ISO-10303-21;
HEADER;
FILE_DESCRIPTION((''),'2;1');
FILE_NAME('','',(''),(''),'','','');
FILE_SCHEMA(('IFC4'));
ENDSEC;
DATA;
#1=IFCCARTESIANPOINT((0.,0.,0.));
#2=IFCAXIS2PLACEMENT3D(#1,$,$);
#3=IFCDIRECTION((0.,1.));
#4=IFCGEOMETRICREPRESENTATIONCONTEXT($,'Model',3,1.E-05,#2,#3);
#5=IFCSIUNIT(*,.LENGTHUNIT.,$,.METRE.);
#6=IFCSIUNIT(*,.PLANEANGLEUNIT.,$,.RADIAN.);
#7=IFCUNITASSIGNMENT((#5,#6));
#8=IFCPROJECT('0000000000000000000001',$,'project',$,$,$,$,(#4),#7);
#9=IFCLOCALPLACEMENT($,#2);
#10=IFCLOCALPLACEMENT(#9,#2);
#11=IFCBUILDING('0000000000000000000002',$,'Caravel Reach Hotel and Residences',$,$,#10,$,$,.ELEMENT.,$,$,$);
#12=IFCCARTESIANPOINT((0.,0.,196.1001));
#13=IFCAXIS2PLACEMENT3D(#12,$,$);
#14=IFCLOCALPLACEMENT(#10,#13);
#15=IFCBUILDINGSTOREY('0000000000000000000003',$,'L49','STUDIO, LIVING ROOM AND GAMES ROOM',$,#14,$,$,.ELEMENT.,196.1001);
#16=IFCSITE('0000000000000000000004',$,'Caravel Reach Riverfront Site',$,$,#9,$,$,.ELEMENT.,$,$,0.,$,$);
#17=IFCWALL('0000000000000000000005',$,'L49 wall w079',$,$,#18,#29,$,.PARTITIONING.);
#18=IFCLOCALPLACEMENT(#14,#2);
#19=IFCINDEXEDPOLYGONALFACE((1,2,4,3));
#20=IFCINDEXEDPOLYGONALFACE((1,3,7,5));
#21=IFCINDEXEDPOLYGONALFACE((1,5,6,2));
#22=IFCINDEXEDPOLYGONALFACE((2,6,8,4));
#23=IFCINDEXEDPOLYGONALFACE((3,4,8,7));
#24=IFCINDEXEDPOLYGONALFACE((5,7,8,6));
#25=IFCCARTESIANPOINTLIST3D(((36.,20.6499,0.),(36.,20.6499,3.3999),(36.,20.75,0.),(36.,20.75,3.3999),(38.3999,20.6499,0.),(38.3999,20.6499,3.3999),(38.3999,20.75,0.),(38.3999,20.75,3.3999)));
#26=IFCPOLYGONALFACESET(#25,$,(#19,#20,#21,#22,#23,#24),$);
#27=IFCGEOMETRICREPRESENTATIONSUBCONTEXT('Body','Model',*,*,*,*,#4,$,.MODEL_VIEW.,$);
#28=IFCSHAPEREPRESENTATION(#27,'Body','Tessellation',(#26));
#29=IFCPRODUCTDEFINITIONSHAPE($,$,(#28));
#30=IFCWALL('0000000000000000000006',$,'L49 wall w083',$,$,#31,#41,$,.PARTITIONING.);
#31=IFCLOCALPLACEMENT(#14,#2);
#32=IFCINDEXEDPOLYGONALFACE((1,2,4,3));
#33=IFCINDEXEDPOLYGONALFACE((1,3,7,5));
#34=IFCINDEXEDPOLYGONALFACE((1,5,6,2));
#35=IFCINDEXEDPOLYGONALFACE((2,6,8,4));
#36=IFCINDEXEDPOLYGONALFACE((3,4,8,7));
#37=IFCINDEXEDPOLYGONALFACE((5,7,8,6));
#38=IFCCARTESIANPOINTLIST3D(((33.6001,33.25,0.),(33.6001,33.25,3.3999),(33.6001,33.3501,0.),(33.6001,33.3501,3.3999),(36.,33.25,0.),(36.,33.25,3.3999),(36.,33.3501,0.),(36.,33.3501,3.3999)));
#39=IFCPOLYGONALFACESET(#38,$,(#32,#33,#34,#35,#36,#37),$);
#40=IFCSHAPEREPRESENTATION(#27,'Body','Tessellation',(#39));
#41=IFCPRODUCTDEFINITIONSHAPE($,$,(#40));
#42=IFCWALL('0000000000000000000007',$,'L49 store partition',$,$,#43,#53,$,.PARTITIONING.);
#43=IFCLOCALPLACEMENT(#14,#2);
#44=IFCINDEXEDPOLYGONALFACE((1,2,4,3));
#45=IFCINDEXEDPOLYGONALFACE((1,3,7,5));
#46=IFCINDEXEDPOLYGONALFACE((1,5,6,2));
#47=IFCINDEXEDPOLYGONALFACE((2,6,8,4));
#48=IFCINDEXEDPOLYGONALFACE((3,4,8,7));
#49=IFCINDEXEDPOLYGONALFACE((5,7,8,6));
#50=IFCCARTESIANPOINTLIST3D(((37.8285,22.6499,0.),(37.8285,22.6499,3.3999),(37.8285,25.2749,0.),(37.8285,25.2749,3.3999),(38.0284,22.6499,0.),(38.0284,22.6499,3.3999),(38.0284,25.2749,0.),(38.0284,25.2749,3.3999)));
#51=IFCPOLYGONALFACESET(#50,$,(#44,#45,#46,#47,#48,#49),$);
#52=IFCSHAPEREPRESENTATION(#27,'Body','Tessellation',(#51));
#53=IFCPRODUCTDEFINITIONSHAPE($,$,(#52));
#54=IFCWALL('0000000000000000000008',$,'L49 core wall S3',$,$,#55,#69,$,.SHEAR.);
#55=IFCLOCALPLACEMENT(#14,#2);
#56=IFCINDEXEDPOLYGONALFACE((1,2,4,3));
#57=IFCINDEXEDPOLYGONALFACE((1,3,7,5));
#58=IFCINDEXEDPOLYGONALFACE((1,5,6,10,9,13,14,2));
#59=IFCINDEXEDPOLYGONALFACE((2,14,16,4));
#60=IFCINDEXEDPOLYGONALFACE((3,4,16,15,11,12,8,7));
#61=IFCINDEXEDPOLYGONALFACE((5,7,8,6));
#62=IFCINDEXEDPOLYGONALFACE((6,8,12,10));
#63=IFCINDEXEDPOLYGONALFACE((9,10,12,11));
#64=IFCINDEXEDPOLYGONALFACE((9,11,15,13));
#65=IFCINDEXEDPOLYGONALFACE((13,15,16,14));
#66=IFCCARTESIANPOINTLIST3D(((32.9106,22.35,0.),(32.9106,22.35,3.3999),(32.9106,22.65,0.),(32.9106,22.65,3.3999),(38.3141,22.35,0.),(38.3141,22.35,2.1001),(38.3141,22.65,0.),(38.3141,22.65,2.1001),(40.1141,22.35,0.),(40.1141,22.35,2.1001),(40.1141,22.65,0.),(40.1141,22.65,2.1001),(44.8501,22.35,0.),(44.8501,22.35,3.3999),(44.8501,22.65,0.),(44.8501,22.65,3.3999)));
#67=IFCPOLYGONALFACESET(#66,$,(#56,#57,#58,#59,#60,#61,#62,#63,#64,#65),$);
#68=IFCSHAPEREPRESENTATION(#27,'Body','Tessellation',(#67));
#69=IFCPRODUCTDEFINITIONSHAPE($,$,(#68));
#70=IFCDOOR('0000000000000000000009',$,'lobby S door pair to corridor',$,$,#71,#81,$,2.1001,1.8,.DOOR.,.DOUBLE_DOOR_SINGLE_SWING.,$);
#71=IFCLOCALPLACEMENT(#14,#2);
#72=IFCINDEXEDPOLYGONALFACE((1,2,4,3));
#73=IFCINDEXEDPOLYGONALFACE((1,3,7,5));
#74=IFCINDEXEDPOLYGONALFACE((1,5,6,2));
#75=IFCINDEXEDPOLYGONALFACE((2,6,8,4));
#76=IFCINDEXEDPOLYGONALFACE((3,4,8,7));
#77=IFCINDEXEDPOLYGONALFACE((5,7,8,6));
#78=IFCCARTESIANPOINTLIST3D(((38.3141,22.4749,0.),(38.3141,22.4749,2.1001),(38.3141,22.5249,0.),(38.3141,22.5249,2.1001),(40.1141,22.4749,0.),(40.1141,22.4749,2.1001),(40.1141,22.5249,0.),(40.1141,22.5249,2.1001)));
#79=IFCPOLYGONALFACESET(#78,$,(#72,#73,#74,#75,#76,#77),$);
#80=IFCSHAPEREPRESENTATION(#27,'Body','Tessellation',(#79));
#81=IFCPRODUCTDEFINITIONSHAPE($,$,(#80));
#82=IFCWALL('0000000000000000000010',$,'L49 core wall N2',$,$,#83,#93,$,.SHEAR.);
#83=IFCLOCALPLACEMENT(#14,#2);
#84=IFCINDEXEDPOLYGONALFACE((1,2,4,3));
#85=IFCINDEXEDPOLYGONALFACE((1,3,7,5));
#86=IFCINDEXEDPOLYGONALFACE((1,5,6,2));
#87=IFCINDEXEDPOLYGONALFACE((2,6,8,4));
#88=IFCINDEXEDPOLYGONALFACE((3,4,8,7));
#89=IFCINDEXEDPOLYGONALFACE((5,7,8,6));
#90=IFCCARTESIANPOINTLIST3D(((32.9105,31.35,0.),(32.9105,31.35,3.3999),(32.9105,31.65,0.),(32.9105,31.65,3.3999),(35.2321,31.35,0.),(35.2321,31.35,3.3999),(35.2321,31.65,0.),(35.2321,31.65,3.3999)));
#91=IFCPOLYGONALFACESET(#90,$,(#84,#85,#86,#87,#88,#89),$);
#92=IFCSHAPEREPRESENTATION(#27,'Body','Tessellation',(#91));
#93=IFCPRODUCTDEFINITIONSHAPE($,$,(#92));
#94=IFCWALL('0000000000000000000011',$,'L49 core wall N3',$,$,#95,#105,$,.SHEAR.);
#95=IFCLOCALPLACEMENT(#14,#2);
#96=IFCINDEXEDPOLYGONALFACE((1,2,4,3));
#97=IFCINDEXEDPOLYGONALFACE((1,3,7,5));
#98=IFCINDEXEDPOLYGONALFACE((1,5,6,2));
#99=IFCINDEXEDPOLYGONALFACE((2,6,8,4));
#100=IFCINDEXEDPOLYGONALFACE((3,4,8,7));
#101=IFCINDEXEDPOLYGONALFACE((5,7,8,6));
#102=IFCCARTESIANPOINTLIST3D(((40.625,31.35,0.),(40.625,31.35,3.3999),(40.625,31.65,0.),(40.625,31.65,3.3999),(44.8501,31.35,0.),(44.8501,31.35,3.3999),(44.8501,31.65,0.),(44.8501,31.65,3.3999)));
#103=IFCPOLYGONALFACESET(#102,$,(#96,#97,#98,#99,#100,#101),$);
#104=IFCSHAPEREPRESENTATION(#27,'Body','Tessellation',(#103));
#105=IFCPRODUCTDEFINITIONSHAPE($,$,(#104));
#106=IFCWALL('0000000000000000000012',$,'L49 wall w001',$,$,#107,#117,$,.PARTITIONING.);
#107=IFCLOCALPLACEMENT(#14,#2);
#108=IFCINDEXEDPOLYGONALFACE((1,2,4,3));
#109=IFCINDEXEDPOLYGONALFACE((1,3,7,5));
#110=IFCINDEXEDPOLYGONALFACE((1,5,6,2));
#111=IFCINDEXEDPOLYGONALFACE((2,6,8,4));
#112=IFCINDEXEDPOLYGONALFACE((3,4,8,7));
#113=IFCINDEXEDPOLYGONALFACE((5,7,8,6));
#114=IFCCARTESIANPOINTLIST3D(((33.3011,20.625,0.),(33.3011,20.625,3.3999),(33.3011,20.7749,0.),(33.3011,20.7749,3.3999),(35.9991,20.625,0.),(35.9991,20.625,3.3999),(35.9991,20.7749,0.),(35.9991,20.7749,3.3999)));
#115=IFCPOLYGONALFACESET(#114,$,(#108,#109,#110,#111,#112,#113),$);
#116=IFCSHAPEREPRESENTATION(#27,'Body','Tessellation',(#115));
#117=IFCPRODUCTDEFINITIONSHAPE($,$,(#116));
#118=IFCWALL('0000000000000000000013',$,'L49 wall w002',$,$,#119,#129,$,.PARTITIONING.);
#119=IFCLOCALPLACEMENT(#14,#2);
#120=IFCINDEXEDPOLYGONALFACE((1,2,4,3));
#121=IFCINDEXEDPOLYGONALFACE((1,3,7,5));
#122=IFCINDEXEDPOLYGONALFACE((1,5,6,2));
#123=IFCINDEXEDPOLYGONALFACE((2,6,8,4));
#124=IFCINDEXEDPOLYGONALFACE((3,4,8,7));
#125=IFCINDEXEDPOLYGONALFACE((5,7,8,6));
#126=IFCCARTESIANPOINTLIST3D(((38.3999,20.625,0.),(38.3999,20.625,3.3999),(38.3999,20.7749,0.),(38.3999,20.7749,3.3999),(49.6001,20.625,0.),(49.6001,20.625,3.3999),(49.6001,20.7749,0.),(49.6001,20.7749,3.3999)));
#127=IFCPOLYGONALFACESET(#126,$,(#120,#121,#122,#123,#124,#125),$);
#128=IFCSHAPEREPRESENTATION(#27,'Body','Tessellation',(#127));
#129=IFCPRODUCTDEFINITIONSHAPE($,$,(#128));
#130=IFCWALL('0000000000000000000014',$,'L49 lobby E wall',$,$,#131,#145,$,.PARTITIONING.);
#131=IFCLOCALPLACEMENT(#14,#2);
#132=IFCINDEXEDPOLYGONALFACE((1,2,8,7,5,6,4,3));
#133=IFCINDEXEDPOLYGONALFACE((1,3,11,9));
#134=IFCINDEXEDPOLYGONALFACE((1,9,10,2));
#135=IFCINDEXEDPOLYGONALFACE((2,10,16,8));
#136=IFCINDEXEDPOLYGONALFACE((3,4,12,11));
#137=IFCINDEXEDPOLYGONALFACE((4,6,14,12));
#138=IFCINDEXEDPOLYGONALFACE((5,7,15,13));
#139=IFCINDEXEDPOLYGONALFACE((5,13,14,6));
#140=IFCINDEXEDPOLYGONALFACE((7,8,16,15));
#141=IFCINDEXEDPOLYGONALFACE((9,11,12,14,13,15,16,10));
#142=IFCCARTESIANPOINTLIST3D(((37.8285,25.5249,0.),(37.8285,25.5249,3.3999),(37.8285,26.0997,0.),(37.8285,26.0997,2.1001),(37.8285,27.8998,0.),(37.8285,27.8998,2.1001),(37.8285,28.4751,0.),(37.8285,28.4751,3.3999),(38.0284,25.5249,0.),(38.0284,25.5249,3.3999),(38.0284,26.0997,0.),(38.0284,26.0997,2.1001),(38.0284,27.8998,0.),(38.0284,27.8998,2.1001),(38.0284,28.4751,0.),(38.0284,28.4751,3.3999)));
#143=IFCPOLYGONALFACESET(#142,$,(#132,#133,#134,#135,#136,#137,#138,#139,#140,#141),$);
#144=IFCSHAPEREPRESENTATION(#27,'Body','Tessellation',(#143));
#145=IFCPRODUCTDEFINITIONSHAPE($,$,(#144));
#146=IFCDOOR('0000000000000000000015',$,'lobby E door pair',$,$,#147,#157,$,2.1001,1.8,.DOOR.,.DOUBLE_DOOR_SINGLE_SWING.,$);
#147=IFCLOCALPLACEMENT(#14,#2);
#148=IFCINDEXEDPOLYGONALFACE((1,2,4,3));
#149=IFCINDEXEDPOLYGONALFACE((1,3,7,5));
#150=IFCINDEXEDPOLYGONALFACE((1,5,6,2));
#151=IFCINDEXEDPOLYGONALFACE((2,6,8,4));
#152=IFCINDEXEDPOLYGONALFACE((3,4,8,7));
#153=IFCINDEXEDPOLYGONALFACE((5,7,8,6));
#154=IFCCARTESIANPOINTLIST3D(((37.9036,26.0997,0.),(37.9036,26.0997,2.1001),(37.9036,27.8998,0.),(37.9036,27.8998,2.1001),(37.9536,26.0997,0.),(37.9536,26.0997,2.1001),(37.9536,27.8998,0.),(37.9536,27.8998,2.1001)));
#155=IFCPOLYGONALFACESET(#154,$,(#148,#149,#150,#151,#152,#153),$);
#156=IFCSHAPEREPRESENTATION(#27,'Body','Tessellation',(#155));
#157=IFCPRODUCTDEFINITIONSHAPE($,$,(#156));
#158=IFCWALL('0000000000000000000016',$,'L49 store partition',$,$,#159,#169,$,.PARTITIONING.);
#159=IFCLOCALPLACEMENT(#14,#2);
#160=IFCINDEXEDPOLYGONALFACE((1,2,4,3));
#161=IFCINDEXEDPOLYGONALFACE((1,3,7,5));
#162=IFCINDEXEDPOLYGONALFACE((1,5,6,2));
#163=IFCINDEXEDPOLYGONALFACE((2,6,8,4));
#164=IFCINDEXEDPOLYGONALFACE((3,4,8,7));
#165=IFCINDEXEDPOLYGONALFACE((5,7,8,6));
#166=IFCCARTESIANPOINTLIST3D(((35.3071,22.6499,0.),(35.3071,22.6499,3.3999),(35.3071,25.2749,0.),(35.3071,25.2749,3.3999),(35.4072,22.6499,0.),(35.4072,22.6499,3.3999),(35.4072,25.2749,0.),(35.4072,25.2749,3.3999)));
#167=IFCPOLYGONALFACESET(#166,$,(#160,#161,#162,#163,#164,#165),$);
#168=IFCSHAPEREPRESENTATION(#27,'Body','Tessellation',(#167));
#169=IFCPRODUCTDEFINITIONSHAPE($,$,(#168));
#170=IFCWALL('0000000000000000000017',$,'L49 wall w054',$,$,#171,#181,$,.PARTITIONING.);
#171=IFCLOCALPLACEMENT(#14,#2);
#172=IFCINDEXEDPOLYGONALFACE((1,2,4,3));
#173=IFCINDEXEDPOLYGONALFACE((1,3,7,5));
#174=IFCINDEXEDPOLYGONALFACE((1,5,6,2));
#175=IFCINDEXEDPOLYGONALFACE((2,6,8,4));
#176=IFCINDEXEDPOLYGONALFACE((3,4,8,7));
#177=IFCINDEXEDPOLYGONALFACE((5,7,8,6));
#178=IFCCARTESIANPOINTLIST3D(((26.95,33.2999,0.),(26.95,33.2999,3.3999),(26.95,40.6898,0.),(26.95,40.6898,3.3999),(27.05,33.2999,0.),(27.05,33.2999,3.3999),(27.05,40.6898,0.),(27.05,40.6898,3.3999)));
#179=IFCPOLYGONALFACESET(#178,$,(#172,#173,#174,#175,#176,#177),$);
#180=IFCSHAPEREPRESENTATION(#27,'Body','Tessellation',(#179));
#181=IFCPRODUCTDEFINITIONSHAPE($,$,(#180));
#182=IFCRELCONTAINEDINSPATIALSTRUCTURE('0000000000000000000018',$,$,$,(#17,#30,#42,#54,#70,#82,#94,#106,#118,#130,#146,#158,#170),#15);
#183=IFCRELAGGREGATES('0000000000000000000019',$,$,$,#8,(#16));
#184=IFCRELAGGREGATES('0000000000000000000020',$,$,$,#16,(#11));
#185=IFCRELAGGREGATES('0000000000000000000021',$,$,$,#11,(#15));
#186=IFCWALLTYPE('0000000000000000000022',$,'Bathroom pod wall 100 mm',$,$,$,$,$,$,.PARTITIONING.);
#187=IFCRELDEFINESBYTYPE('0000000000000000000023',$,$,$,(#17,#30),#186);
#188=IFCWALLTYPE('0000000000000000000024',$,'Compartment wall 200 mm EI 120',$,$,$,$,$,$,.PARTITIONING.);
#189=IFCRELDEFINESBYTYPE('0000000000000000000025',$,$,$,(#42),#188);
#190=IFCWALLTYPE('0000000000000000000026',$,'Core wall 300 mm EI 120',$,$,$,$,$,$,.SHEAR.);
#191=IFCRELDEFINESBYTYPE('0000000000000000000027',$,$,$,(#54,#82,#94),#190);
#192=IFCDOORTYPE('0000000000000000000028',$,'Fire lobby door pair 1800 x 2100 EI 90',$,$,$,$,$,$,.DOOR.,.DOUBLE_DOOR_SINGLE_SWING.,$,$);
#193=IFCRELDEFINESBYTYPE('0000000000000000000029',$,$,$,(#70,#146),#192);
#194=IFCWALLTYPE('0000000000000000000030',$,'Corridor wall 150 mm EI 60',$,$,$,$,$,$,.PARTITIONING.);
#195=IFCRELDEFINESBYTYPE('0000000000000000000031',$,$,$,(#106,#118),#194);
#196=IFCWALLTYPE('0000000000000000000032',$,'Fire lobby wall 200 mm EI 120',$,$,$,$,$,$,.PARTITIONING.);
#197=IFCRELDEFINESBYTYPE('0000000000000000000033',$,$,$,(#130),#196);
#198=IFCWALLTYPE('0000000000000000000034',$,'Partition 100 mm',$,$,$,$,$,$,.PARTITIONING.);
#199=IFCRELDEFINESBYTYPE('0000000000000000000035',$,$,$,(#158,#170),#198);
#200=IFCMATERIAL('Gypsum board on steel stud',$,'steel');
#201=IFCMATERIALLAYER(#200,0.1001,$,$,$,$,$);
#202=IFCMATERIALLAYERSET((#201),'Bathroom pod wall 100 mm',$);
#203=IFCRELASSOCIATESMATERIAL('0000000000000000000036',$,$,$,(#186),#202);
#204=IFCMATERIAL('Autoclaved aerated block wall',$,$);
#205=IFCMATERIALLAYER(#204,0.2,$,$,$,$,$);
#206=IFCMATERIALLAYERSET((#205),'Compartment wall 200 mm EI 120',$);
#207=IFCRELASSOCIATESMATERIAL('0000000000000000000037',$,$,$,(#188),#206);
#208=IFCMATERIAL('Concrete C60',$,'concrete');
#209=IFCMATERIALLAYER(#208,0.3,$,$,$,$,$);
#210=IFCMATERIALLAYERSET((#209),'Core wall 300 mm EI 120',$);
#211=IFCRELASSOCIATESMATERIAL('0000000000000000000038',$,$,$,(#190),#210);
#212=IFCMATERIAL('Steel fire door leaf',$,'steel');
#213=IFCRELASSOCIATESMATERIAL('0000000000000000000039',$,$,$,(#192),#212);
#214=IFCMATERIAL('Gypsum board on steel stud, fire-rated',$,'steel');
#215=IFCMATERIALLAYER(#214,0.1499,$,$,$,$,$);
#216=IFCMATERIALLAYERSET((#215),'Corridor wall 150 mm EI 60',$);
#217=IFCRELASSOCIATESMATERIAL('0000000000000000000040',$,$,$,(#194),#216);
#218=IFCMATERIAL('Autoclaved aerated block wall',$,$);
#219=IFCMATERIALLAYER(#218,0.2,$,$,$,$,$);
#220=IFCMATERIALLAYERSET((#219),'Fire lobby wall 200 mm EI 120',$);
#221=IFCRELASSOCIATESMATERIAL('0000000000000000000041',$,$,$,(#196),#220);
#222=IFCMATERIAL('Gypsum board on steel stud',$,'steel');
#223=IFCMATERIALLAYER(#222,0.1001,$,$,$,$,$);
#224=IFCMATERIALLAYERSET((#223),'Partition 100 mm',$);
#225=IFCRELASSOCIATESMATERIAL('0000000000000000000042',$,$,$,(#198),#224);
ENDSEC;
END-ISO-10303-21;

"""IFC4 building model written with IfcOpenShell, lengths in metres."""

from ifc_helpers import new_model, si_unit, direction, frame, frame_2d, origin, place, context, subcontext, project, spatial, rectangle, extrude, material, layer, layer_set, type_object, element, fill, save


model = new_model("IFC4")

# Units and contexts
model_context = context("Model", 3, precision=1e-05, world=origin(), true_north=direction((0.0, 1.0)))
body_context = subcontext(model_context, "Body", "Model", "MODEL_VIEW")
ifc_project = project(units=[si_unit("LENGTHUNIT", "METRE"), si_unit("PLANEANGLEUNIT", "RADIAN")], contexts=[model_context])

# Site, building, storey
site_placement = place(None, origin())
site = spatial("IfcSite", under=ifc_project, at=site_placement, Name="Caravel Reach Riverfront Site", CompositionType="ELEMENT", RefElevation=0.0)
building_placement = place(site_placement, origin())
building = spatial("IfcBuilding", under=site, at=building_placement, Name="Caravel Reach Hotel and Residences", CompositionType="ELEMENT")
storey_placement = place(building_placement, frame((0.0, 0.0, 196.1001)))
storey = spatial("IfcBuildingStorey", under=building, at=storey_placement, Name="L49", Description="STUDIO, LIVING ROOM AND GAMES ROOM", CompositionType="ELEMENT", Elevation=196.1001)

# Walls
ifc_material_1 = material(Name="Gypsum board on steel stud", Category="steel")
ifc_layer_1 = layer(ifc_material_1, 0.1001)
ifc_layer_set_1 = layer_set([ifc_layer_1], Name="Bathroom pod wall 100 mm")
wall_type_1 = type_object("IfcWallType", Name="Bathroom pod wall 100 mm", PredefinedType="PARTITIONING", material=ifc_layer_set_1)
for number, where, z_axis, x_axis, name in (
    (1, (36.0, 20.7, 0.0), (0.0, 0.0, 1.0), (1.0, 0.0, 0.0), "L49 wall w079"),
    (2, (33.6001, 33.3, 0.0), (0.0, 0.0, 1.0), (1.0, 0.0, 0.0), "L49 wall w083"),
):
    element("IfcWall", number, at=place(storey_placement, frame(where, z_axis=z_axis, x_axis=x_axis)), inside=storey, type_object=wall_type_1, Name=name, PredefinedType="PARTITIONING", context=body_context, shape_type="SweptSolid", body=[
        extrude(rectangle(XDim=2.3999, YDim=0.1001, at=frame_2d((1.2, 0.0))), origin(), (0.0, 0.0, 1.0), 3.3999),
    ])
ifc_material_2 = material(Name="Autoclaved aerated block wall")
ifc_layer_2 = layer(ifc_material_2, 0.2)
ifc_layer_set_2 = layer_set([ifc_layer_2], Name="Compartment wall 200 mm EI 120")
wall_type_2 = type_object("IfcWallType", Name="Compartment wall 200 mm EI 120", PredefinedType="PARTITIONING", material=ifc_layer_set_2)
wall_1_placement = place(storey_placement, frame((37.9285, 22.6499, 0.0), z_axis=(0.0, 0.0, 1.0), x_axis=(0.0, 1.0, 0.0)))
element("IfcWall", 3, at=wall_1_placement, inside=storey, type_object=wall_type_2, Name="L49 store partition", PredefinedType="PARTITIONING", context=body_context, shape_type="SweptSolid", body=[
    extrude(rectangle(XDim=2.625, YDim=0.2, at=frame_2d((1.3125, 0.0))), origin(), (0.0, 0.0, 1.0), 3.3999),
])

# Wall, opening, door
ifc_material_3 = material(Name="Concrete C60", Category="concrete")
ifc_layer_3 = layer(ifc_material_3, 0.3)
ifc_layer_set_3 = layer_set([ifc_layer_3], Name="Core wall 300 mm EI 120")
wall_type_3 = type_object("IfcWallType", Name="Core wall 300 mm EI 120", PredefinedType="SHEAR", material=ifc_layer_set_3)
wall_2_placement = place(storey_placement, frame((32.9106, 22.5, 0.0), z_axis=(0.0, 0.0, 1.0), x_axis=(1.0, 0.0, 0.0)))
wall_2 = element("IfcWall", 4, at=wall_2_placement, inside=storey, type_object=wall_type_3, Name="L49 core wall S3", PredefinedType="SHEAR", context=body_context, shape_type="SweptSolid", body=[
    extrude(rectangle(XDim=11.9395, YDim=0.3, at=frame_2d((5.9697, 0.0))), origin(), (0.0, 0.0, 1.0), 3.3999),
])
opening_1_placement = place(wall_2_placement, frame((5.4036, 0.0, 0.0)))
opening_1 = element("IfcOpeningElement", 5, at=opening_1_placement, cuts=wall_2, PredefinedType="OPENING", context=body_context, shape_type="SweptSolid", body=[
    extrude(rectangle(XDim=1.8, YDim=2.1001, at=frame_2d((0.8999, 1.05))), frame((0.0, 0.1599, 0.0), z_axis=(0.0, -1.0, 0.0), x_axis=(1.0, 0.0, 0.0)), (0.0, 0.0, 1.0), 0.3201),
])
ifc_material_4 = material(Name="Steel fire door leaf", Category="steel")
door_type_1 = type_object("IfcDoorType", Name="Fire lobby door pair 1800 x 2100 EI 90", OperationType="DOUBLE_DOOR_SINGLE_SWING", PredefinedType="DOOR", material=ifc_material_4)
door_1_placement = place(opening_1_placement, origin())
door_1 = element("IfcDoor", 6, at=door_1_placement, inside=storey, type_object=door_type_1, Name="lobby S door pair to corridor", OperationType="DOUBLE_DOOR_SINGLE_SWING", OverallHeight=2.1001, OverallWidth=1.8, PredefinedType="DOOR", context=body_context, shape_type="SweptSolid", body=[
    extrude(rectangle(XDim=1.8, YDim=2.1001, at=frame_2d((0.8999, 1.05))), frame((0.0, 0.0249, 0.0), z_axis=(0.0, -1.0, 0.0), x_axis=(1.0, 0.0, 0.0)), (0.0, 0.0, 1.0), 0.05),
])
fill(opening_1, door_1)

# Walls
wall_3_placement = place(storey_placement, frame((32.9106, 31.5, 0.0), z_axis=(0.0, 0.0, 1.0), x_axis=(1.0, 0.0, 0.0)))
element("IfcWall", 7, at=wall_3_placement, inside=storey, type_object=wall_type_3, Name="L49 core wall N2", PredefinedType="SHEAR", context=body_context, shape_type="SweptSolid", body=[
    extrude(rectangle(XDim=2.3215, YDim=0.3, at=frame_2d((1.1606, 0.0))), origin(), (0.0, 0.0, 1.0), 3.3999),
])
wall_4_placement = place(storey_placement, frame((40.625, 31.5, 0.0), z_axis=(0.0, 0.0, 1.0), x_axis=(1.0, 0.0, 0.0)))
element("IfcWall", 8, at=wall_4_placement, inside=storey, type_object=wall_type_3, Name="L49 core wall N3", PredefinedType="SHEAR", context=body_context, shape_type="SweptSolid", body=[
    extrude(rectangle(XDim=4.2251, YDim=0.3, at=frame_2d((2.1125, 0.0))), origin(), (0.0, 0.0, 1.0), 3.3999),
])
ifc_material_5 = material(Name="Gypsum board on steel stud, fire-rated", Category="steel")
ifc_layer_4 = layer(ifc_material_5, 0.1499)
ifc_layer_set_4 = layer_set([ifc_layer_4], Name="Corridor wall 150 mm EI 60")
wall_type_4 = type_object("IfcWallType", Name="Corridor wall 150 mm EI 60", PredefinedType="PARTITIONING", material=ifc_layer_set_4)
wall_5_placement = place(storey_placement, frame((33.301, 20.7, 0.0), z_axis=(0.0, 0.0, 1.0), x_axis=(1.0, 0.0, 0.0)))
element("IfcWall", 9, at=wall_5_placement, inside=storey, type_object=wall_type_4, Name="L49 wall w001", PredefinedType="PARTITIONING", context=body_context, shape_type="SweptSolid", body=[
    extrude(rectangle(XDim=2.698, YDim=0.1499, at=frame_2d((1.3491, 0.0))), origin(), (0.0, 0.0, 1.0), 3.3999),
])
wall_6_placement = place(storey_placement, frame((38.3999, 20.7, 0.0), z_axis=(0.0, 0.0, 1.0), x_axis=(1.0, 0.0, 0.0)))
element("IfcWall", 10, at=wall_6_placement, inside=storey, type_object=wall_type_4, Name="L49 wall w002", PredefinedType="PARTITIONING", context=body_context, shape_type="SweptSolid", body=[
    extrude(rectangle(XDim=11.2002, YDim=0.1499, at=frame_2d((5.6001, 0.0))), origin(), (0.0, 0.0, 1.0), 3.3999),
])

# Wall, opening, door
ifc_material_6 = material(Name="Autoclaved aerated block wall")
ifc_layer_5 = layer(ifc_material_6, 0.2)
ifc_layer_set_5 = layer_set([ifc_layer_5], Name="Fire lobby wall 200 mm EI 120")
wall_type_5 = type_object("IfcWallType", Name="Fire lobby wall 200 mm EI 120", PredefinedType="PARTITIONING", material=ifc_layer_set_5)
wall_7_placement = place(storey_placement, frame((37.9285, 25.5249, 0.0), z_axis=(0.0, 0.0, 1.0), x_axis=(0.0, 1.0, 0.0)))
wall_7 = element("IfcWall", 11, at=wall_7_placement, inside=storey, type_object=wall_type_5, Name="L49 lobby E wall", PredefinedType="PARTITIONING", context=body_context, shape_type="SweptSolid", body=[
    extrude(rectangle(XDim=2.9502, YDim=0.2, at=frame_2d((1.4751, 0.0))), origin(), (0.0, 0.0, 1.0), 3.3999),
])
opening_2_placement = place(wall_7_placement, frame((0.575, 0.0, 0.0)))
opening_2 = element("IfcOpeningElement", 12, at=opening_2_placement, cuts=wall_7, PredefinedType="OPENING", context=body_context, shape_type="SweptSolid", body=[
    extrude(rectangle(XDim=1.8, YDim=2.1001, at=frame_2d((0.8999, 1.05))), frame((0.0, 0.1099, 0.0), z_axis=(0.0, -1.0, 0.0), x_axis=(1.0, 0.0, 0.0)), (0.0, 0.0, 1.0), 0.22),
])
door_2_placement = place(opening_2_placement, origin())
door_2 = element("IfcDoor", 13, at=door_2_placement, inside=storey, type_object=door_type_1, Name="lobby E door pair", OperationType="DOUBLE_DOOR_SINGLE_SWING", OverallHeight=2.1001, OverallWidth=1.8, PredefinedType="DOOR", context=body_context, shape_type="SweptSolid", body=[
    extrude(rectangle(XDim=1.8, YDim=2.1001, at=frame_2d((0.8999, 1.05))), frame((0.0, 0.0249, 0.0), z_axis=(0.0, -1.0, 0.0), x_axis=(1.0, 0.0, 0.0)), (0.0, 0.0, 1.0), 0.05),
])
fill(opening_2, door_2)

# Walls
ifc_material_7 = material(Name="Gypsum board on steel stud", Category="steel")
ifc_layer_6 = layer(ifc_material_7, 0.1001)
ifc_layer_set_6 = layer_set([ifc_layer_6], Name="Partition 100 mm")
wall_type_6 = type_object("IfcWallType", Name="Partition 100 mm", PredefinedType="PARTITIONING", material=ifc_layer_set_6)
wall_8_placement = place(storey_placement, frame((35.3572, 22.6499, 0.0), z_axis=(0.0, 0.0, 1.0), x_axis=(0.0, 1.0, 0.0)))
element("IfcWall", 14, at=wall_8_placement, inside=storey, type_object=wall_type_6, Name="L49 store partition", PredefinedType="PARTITIONING", context=body_context, shape_type="SweptSolid", body=[
    extrude(rectangle(XDim=2.625, YDim=0.1001, at=frame_2d((1.3125, 0.0))), origin(), (0.0, 0.0, 1.0), 3.3999),
])
wall_9_placement = place(storey_placement, frame((27.0, 33.3, 0.0), z_axis=(0.0, 0.0, 1.0), x_axis=(0.0, 1.0, 0.0)))
element("IfcWall", 15, at=wall_9_placement, inside=storey, type_object=wall_type_6, Name="L49 wall w054", PredefinedType="PARTITIONING", context=body_context, shape_type="SweptSolid", body=[
    extrude(rectangle(XDim=7.3899, YDim=0.1001, at=frame_2d((3.6948, 0.0))), origin(), (0.0, 0.0, 1.0), 3.3999),
])

save(model, "model.ifc")
